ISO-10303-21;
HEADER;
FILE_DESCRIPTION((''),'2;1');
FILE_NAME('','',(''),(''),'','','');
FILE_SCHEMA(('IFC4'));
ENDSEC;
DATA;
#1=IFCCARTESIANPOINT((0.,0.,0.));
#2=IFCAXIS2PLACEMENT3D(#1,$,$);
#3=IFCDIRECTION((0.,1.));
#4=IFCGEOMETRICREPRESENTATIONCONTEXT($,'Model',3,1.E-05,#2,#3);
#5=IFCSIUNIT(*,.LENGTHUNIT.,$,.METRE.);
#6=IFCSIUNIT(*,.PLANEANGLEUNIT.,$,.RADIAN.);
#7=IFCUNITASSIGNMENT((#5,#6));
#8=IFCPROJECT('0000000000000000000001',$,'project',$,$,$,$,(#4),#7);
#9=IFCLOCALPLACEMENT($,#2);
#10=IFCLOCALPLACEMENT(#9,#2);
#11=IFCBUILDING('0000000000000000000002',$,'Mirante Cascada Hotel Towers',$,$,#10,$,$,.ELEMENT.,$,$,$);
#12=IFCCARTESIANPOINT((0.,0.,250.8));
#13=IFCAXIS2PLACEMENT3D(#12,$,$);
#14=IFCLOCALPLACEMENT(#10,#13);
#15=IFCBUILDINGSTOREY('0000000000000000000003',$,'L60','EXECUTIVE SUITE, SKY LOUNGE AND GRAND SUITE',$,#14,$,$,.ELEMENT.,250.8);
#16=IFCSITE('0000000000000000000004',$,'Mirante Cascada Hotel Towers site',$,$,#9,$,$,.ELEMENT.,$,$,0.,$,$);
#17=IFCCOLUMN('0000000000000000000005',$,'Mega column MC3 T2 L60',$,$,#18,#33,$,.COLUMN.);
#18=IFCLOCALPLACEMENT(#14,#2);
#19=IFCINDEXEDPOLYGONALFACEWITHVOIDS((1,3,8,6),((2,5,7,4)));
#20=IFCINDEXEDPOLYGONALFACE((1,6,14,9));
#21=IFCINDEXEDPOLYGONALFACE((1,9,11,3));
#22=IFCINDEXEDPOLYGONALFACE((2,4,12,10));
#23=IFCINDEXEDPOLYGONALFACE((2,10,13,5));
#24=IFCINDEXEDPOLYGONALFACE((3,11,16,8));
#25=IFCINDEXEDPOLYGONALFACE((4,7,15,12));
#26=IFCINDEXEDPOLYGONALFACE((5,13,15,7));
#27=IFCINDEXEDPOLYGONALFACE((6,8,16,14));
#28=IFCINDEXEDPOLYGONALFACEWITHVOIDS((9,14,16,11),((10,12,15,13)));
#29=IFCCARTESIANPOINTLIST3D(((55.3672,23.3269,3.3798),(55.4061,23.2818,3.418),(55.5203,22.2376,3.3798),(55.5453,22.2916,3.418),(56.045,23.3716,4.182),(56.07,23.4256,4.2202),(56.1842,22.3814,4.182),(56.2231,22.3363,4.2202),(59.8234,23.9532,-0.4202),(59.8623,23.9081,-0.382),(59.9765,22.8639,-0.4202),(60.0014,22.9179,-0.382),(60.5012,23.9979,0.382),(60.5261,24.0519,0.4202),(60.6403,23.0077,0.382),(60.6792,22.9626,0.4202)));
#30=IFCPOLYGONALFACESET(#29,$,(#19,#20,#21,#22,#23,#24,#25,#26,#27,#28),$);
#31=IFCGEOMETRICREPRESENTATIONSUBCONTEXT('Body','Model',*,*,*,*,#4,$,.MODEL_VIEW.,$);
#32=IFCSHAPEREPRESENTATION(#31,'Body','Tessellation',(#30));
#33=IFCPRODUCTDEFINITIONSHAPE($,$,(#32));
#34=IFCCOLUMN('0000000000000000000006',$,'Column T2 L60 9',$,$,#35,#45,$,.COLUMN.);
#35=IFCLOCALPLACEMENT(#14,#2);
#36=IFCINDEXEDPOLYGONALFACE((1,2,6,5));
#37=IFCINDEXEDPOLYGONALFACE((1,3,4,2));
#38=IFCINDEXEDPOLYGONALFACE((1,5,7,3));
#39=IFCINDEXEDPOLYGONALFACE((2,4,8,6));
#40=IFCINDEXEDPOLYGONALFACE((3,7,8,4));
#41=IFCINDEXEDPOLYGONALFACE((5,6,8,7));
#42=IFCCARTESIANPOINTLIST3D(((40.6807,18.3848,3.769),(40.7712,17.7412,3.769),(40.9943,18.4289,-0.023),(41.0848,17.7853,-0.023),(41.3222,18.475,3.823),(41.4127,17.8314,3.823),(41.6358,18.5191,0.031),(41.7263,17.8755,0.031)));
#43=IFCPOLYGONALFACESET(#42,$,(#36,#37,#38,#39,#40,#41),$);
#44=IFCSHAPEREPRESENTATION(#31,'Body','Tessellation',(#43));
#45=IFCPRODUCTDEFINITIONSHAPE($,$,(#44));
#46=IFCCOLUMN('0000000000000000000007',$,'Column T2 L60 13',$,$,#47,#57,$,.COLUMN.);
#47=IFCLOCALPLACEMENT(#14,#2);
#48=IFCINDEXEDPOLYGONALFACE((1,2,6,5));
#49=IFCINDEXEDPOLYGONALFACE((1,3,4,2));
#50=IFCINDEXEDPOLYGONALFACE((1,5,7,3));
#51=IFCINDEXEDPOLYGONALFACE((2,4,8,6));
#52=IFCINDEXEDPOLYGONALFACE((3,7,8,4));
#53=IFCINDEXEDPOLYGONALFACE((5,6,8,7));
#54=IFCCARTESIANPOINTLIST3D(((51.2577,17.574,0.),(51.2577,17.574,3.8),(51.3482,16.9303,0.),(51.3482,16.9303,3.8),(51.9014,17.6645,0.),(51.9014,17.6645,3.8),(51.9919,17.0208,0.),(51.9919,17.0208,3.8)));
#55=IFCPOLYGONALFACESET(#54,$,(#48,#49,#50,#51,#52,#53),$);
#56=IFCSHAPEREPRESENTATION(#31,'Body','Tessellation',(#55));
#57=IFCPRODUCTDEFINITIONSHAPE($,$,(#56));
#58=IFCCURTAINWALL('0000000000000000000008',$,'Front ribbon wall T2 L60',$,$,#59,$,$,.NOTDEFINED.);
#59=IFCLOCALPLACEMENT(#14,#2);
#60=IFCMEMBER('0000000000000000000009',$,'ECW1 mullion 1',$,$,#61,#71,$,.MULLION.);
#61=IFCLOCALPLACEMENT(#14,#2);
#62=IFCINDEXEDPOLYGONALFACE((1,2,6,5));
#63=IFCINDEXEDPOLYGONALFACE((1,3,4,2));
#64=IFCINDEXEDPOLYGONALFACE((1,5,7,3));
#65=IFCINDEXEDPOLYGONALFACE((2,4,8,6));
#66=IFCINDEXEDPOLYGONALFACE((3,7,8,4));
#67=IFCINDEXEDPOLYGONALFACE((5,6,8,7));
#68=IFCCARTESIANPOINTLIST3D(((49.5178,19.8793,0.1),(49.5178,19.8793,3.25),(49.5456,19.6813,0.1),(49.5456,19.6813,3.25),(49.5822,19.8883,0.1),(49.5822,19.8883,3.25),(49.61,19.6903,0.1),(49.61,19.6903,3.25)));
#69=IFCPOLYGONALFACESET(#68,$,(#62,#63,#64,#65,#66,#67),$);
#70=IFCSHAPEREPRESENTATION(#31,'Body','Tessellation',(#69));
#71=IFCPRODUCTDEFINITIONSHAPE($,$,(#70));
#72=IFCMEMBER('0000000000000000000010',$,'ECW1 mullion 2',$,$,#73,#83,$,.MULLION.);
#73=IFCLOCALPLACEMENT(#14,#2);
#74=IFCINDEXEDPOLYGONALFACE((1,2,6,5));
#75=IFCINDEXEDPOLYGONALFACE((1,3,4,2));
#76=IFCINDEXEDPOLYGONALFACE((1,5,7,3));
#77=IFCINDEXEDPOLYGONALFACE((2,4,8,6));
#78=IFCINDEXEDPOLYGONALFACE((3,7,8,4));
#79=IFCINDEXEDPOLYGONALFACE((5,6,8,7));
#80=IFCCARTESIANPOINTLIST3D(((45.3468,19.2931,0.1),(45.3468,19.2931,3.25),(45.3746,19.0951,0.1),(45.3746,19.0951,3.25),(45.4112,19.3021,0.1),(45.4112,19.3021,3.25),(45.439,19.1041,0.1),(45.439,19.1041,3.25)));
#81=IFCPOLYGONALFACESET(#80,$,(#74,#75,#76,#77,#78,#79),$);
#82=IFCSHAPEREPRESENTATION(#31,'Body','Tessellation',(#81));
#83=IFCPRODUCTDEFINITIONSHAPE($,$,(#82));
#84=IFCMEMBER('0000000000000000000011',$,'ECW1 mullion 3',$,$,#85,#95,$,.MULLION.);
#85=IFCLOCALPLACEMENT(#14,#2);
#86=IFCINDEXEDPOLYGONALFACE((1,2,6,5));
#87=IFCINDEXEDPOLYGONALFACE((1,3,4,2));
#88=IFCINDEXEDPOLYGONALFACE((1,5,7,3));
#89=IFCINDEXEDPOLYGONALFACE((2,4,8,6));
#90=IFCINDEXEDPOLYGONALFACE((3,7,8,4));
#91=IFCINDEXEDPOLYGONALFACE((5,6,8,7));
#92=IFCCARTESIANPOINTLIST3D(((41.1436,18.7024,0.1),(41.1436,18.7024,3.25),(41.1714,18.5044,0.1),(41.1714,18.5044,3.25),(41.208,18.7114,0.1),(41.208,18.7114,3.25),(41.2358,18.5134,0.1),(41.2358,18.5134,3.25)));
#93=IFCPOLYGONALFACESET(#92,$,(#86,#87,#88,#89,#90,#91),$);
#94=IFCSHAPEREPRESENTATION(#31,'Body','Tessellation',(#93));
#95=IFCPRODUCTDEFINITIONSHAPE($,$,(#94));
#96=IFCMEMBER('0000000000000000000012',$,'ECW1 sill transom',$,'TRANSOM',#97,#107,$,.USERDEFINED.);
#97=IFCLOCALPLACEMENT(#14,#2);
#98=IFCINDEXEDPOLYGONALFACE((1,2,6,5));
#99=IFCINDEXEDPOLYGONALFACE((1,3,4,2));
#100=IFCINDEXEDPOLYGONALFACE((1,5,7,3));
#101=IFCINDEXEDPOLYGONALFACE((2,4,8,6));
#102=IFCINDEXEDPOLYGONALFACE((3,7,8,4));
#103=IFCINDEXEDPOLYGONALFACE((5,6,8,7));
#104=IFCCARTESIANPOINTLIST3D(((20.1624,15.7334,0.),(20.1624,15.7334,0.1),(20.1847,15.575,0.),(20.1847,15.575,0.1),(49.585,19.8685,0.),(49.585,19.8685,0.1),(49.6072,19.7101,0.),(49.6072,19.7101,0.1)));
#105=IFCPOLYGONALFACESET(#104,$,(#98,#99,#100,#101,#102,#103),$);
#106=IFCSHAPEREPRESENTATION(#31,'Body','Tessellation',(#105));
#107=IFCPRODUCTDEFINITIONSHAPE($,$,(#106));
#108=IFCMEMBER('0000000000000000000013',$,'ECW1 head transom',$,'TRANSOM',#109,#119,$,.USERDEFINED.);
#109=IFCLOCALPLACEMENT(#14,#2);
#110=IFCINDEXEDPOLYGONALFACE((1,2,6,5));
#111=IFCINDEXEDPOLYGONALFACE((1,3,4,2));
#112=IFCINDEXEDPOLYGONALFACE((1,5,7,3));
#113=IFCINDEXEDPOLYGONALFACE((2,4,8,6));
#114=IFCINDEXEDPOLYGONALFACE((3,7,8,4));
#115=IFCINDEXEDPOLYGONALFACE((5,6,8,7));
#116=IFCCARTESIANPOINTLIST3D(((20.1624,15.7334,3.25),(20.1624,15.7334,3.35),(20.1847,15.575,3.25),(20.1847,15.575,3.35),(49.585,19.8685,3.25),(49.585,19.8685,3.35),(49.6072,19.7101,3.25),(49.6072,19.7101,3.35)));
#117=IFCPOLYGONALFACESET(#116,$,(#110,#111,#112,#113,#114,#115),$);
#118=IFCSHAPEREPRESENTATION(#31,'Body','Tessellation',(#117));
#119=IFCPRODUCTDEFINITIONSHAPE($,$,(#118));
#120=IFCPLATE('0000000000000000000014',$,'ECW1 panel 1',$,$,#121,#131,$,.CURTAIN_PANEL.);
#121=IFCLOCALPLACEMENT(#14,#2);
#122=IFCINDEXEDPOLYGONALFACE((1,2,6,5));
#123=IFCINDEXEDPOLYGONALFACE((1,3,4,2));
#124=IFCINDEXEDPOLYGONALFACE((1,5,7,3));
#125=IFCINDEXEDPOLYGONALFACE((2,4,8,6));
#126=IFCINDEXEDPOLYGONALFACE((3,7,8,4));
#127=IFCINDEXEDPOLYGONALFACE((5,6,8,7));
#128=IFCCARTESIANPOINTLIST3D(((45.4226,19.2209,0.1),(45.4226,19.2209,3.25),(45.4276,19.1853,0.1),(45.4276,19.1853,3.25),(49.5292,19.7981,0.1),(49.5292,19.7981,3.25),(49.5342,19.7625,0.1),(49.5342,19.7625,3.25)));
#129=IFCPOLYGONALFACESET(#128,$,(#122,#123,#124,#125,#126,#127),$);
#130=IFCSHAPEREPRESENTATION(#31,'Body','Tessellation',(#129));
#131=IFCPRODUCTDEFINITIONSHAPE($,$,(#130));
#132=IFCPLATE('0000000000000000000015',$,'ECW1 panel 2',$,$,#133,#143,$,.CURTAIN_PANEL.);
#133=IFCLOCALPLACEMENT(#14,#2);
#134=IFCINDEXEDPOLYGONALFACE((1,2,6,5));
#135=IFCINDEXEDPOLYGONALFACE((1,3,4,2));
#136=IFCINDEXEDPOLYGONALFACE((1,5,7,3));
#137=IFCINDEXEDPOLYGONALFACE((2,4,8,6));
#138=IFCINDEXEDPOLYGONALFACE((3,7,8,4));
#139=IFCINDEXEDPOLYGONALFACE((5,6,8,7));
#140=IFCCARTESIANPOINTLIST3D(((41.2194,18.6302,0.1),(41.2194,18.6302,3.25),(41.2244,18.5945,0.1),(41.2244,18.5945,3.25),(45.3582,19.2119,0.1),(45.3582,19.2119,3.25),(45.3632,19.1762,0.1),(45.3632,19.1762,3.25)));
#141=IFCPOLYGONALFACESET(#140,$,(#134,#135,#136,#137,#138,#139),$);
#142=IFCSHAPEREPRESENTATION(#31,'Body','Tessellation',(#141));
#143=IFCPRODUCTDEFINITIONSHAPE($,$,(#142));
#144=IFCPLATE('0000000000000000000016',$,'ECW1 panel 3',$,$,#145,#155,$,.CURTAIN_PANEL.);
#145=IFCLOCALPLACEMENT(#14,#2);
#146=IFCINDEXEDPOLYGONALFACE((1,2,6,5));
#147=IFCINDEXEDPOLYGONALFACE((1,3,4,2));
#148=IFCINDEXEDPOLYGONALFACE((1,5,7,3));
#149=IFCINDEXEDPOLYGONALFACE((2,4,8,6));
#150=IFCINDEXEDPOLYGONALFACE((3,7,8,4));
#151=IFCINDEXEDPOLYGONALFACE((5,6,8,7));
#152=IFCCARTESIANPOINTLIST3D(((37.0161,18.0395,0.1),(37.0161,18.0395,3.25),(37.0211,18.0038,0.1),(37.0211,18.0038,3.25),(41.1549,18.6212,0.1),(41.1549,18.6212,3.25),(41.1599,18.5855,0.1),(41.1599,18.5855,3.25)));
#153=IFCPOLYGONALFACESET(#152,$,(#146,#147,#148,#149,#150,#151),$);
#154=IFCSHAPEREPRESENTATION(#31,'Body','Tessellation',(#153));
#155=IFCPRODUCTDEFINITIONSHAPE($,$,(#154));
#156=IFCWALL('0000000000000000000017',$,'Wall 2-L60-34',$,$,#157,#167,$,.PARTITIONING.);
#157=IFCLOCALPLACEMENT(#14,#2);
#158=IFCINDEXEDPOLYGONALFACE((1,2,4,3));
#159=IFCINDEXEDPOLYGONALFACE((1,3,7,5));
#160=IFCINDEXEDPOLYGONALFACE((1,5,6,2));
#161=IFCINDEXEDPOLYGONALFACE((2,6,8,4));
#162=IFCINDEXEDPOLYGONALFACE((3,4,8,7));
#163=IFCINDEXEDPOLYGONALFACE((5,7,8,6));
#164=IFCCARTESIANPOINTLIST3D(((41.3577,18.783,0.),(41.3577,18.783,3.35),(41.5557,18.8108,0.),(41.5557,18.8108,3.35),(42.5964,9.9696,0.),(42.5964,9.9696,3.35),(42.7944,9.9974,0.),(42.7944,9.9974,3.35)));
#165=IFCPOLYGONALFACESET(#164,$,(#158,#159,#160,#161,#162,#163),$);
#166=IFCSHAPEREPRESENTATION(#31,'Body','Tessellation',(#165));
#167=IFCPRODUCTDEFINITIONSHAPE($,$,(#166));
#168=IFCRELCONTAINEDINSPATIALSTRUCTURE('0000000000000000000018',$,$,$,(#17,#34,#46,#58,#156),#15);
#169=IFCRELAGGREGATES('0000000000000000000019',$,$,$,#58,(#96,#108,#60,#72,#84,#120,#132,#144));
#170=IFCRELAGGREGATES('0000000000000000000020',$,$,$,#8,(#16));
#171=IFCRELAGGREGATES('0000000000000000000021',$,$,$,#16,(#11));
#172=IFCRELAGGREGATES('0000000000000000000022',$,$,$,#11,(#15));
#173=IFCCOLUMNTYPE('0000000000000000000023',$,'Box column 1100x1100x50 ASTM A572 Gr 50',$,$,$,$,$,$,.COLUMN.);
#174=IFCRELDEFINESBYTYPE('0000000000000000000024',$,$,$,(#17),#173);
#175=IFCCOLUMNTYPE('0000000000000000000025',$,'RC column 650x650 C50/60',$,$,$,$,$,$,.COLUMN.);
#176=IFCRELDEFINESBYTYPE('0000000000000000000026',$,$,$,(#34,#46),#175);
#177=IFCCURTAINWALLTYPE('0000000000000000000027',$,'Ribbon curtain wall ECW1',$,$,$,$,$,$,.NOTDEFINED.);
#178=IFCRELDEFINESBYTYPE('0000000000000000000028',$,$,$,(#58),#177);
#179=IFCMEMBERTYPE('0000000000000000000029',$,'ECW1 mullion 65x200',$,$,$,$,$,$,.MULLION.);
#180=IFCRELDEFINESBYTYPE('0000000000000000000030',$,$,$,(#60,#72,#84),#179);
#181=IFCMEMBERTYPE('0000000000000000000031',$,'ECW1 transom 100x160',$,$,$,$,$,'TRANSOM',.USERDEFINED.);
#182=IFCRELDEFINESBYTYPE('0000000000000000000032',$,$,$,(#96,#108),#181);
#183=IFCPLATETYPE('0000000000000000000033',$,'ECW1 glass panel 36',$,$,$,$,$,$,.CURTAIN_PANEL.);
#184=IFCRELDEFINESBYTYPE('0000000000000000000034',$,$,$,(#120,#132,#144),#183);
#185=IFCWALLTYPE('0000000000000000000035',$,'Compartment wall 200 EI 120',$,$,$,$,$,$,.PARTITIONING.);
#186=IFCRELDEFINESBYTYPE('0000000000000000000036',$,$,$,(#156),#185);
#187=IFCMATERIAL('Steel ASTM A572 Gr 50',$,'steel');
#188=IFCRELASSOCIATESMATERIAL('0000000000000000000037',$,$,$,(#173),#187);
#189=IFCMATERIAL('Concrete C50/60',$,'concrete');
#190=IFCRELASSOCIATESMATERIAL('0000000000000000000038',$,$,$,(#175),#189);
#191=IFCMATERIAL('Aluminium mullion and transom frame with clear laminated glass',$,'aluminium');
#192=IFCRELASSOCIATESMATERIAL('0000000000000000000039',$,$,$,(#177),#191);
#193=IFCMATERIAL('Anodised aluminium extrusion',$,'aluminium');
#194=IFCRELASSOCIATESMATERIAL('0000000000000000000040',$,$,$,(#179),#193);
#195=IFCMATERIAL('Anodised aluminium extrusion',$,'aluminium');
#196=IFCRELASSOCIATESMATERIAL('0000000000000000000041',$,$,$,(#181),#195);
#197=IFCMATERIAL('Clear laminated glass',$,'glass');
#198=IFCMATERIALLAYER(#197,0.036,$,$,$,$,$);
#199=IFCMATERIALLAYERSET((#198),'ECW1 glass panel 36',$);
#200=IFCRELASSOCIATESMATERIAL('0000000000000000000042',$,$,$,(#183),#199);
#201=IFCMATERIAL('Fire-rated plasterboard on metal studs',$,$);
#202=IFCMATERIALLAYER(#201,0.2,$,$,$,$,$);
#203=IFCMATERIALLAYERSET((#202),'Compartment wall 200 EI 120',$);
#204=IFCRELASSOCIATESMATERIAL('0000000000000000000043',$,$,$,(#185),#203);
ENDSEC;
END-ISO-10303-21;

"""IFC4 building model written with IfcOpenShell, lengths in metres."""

from ifc_helpers import new_model, si_unit, direction, frame, frame_2d, origin, origin_2d, place, context, subcontext, project, spatial, rectangle, hollow_rectangle, extrude, material, layer, layer_set, material_profile, profile_set, type_object, element, aggregate, save


model = new_model("IFC4")

# Units and contexts
model_context = context("Model", 3, precision=1e-05, world=origin(), true_north=direction((0.0, 1.0)))
body_context = subcontext(model_context, "Body", "Model", "MODEL_VIEW")
ifc_project = project(units=[si_unit("LENGTHUNIT", "METRE"), si_unit("PLANEANGLEUNIT", "RADIAN")], contexts=[model_context])

# Site, building, storey
site_placement = place(None, origin())
site = spatial("IfcSite", under=ifc_project, at=site_placement, Name="Mirante Cascada Hotel Towers site", CompositionType="ELEMENT", RefElevation=0.0)
building_placement = place(site_placement, origin())
building = spatial("IfcBuilding", under=site, at=building_placement, Name="Mirante Cascada Hotel Towers", CompositionType="ELEMENT")
storey_placement = place(building_placement, frame((0.0, 0.0, 250.8)))
storey = spatial("IfcBuildingStorey", under=building, at=storey_placement, Name="L60", Description="EXECUTIVE SUITE, SKY LOUNGE AND GRAND SUITE", CompositionType="ELEMENT", Elevation=250.8)

# Columns
ifc_material_1 = material(Name="Steel ASTM A572 Gr 50", Category="steel")
ifc_material_profile_1 = material_profile(ifc_material_1, hollow_rectangle(XDim=1.1, YDim=1.1, WallThickness=0.05, at=origin_2d()), Name="Box column 1100x1100x50 ASTM A572 Gr 50")
ifc_profile_set_1 = profile_set([ifc_material_profile_1], Name="Steel ASTM A572 Gr 50")
column_type_1 = type_object("IfcColumnType", Name="Box column 1100x1100x50 ASTM A572 Gr 50", PredefinedType="COLUMN", material=ifc_profile_set_1)
column_1_placement = place(storey_placement, frame((60.2513, 23.4579, 0.0), z_axis=(-0.756594, -0.106336, 0.645181), x_axis=(0.139178, -0.990267, 0.0)))
element("IfcColumn", 1, at=column_1_placement, inside=storey, type_object=column_type_1, Name="Mega column MC3 T2 L60", PredefinedType="COLUMN", context=body_context, shape_type="SweptSolid", body=[
    extrude(hollow_rectangle(XDim=1.1, YDim=1.1, WallThickness=0.05, at=origin_2d()), origin(), (0.0, 0.0, 1.0), 5.8898),
])
ifc_material_2 = material(Name="Concrete C50/60", Category="concrete")
ifc_material_profile_2 = material_profile(ifc_material_2, rectangle(XDim=0.65, YDim=0.65, at=origin_2d()), Name="RC column 650x650 C50/60")
ifc_profile_set_2 = profile_set([ifc_material_profile_2], Name="Concrete C50/60")
column_type_2 = type_object("IfcColumnType", Name="RC column 650x650 C50/60", PredefinedType="COLUMN", material=ifc_profile_set_2)
column_2_placement = place(storey_placement, frame((41.3603, 18.1522, 0.004), z_axis=(-0.082414, -0.011589, 0.996531), x_axis=(0.139255, -0.990257, 0.0)))
element("IfcColumn", 2, at=column_2_placement, inside=storey, type_object=column_type_2, Name="Column T2 L60 9", PredefinedType="COLUMN", context=body_context, shape_type="SweptSolid", body=[
    extrude(rectangle(XDim=0.65, YDim=0.65, at=origin_2d()), origin(), (0.0, 0.0, 1.0), 3.8052),
])
column_3_placement = place(storey_placement, frame((51.6248, 17.2974, 0.0), z_axis=(0.0, 0.0, 1.0), x_axis=(0.990268, 0.139173, 0.0)))
element("IfcColumn", 3, at=column_3_placement, inside=storey, type_object=column_type_2, Name="Column T2 L60 13", PredefinedType="COLUMN", context=body_context, shape_type="SweptSolid", body=[
    extrude(rectangle(XDim=0.65, YDim=0.65, at=origin_2d()), origin(), (0.0, 0.0, 1.0), 3.8),
])

# Curtain wall, members, plates
ifc_material_3 = material(Name="Aluminium mullion and transom frame with clear laminated glass", Category="aluminium")
curtain_wall_type = type_object("IfcCurtainWallType", Name="Ribbon curtain wall ECW1", PredefinedType="NOTDEFINED", material=ifc_material_3)
curtain_wall_placement = place(storey_placement, origin())
curtain_wall = element("IfcCurtainWall", 4, at=curtain_wall_placement, inside=storey, type_object=curtain_wall_type, Name="Front ribbon wall T2 L60", PredefinedType="NOTDEFINED")
ifc_material_4 = material(Name="Anodised aluminium extrusion", Category="aluminium")
ifc_material_profile_3 = material_profile(ifc_material_4, rectangle(XDim=0.2, YDim=0.065, at=origin_2d()), Name="ECW1 MULLION 65x200")
ifc_profile_set_3 = profile_set([ifc_material_profile_3], Name="Anodised aluminium extrusion")
member_type_1 = type_object("IfcMemberType", Name="ECW1 mullion 65x200", PredefinedType="MULLION", material=ifc_profile_set_3)
member_1_placement = place(storey_placement, frame((49.5639, 19.7848, 0.1), z_axis=(0.0, 0.0, 1.0), x_axis=(0.139173, -0.990268, 0.0)))
member_1 = element("IfcMember", 5, at=member_1_placement, type_object=member_type_1, Name="ECW1 mullion 1", PredefinedType="MULLION", context=body_context, shape_type="SweptSolid", body=[
    extrude(rectangle(XDim=0.2, YDim=0.065, at=origin_2d()), origin(), (0.0, 0.0, 1.0), 3.15),
])
member_2_placement = place(storey_placement, frame((45.3929, 19.1986, 0.1), z_axis=(0.0, 0.0, 1.0), x_axis=(0.139173, -0.990268, 0.0)))
member_2 = element("IfcMember", 6, at=member_2_placement, type_object=member_type_1, Name="ECW1 mullion 2", PredefinedType="MULLION", context=body_context, shape_type="SweptSolid", body=[
    extrude(rectangle(XDim=0.2, YDim=0.065, at=origin_2d()), origin(), (0.0, 0.0, 1.0), 3.15),
])
member_3_placement = place(storey_placement, frame((41.1897, 18.6079, 0.1), z_axis=(0.0, 0.0, 1.0), x_axis=(0.139173, -0.990268, 0.0)))
member_3 = element("IfcMember", 7, at=member_3_placement, type_object=member_type_1, Name="ECW1 mullion 3", PredefinedType="MULLION", context=body_context, shape_type="SweptSolid", body=[
    extrude(rectangle(XDim=0.2, YDim=0.065, at=origin_2d()), origin(), (0.0, 0.0, 1.0), 3.15),
])
ifc_material_5 = material(Name="Anodised aluminium extrusion", Category="aluminium")
ifc_material_profile_4 = material_profile(ifc_material_5, rectangle(XDim=0.16, YDim=0.1, at=origin_2d()), Name="ECW1 TRANSOM 100x160")
ifc_profile_set_4 = profile_set([ifc_material_profile_4], Name="Anodised aluminium extrusion")
member_type_2 = type_object("IfcMemberType", Name="ECW1 transom 100x160", ElementType="TRANSOM", PredefinedType="USERDEFINED", material=ifc_profile_set_4)
member_4_placement = place(storey_placement, frame((49.5961, 19.7893, 0.05), z_axis=(-0.990268, -0.139174, 0.0), x_axis=(0.139174, -0.990268, 0.0)))
member_4 = element("IfcMember", 8, at=member_4_placement, type_object=member_type_2, Name="ECW1 sill transom", ObjectType="TRANSOM", PredefinedType="USERDEFINED", context=body_context, shape_type="SweptSolid", body=[
    extrude(rectangle(XDim=0.16, YDim=0.1, at=origin_2d()), origin(), (0.0, 0.0, 1.0), 29.7117),
])
member_5_placement = place(storey_placement, frame((49.5961, 19.7893, 3.3), z_axis=(-0.990268, -0.139174, 0.0), x_axis=(0.139174, -0.990268, 0.0)))
member_5 = element("IfcMember", 9, at=member_5_placement, type_object=member_type_2, Name="ECW1 head transom", ObjectType="TRANSOM", PredefinedType="USERDEFINED", context=body_context, shape_type="SweptSolid", body=[
    extrude(rectangle(XDim=0.16, YDim=0.1, at=origin_2d()), origin(), (0.0, 0.0, 1.0), 29.7117),
])
ifc_material_6 = material(Name="Clear laminated glass", Category="glass")
ifc_layer_1 = layer(ifc_material_6, 0.036)
ifc_layer_set_1 = layer_set([ifc_layer_1], Name="ECW1 glass panel 36")
plate_type = type_object("IfcPlateType", Name="ECW1 glass panel 36", PredefinedType="CURTAIN_PANEL", material=ifc_layer_set_1)
plate_1_placement = place(storey_placement, frame((47.4784, 19.4917, 0.1), z_axis=(0.0, 0.0, 1.0), x_axis=(-0.990268, -0.139173, 0.0)))
plate_1 = element("IfcPlate", 10, at=plate_1_placement, type_object=plate_type, Name="ECW1 panel 1", PredefinedType="CURTAIN_PANEL", context=body_context, shape_type="SweptSolid", body=[
    extrude(rectangle(XDim=4.147, YDim=0.036, at=origin_2d()), origin(), (0.0, 0.0, 1.0), 3.15),
])
plate_2_placement = place(storey_placement, frame((43.2913, 18.9032, 0.1), z_axis=(0.0, 0.0, 1.0), x_axis=(-0.990268, -0.139173, 0.0)))
plate_2 = element("IfcPlate", 11, at=plate_2_placement, type_object=plate_type, Name="ECW1 panel 2", PredefinedType="CURTAIN_PANEL", context=body_context, shape_type="SweptSolid", body=[
    extrude(rectangle(XDim=4.1795, YDim=0.036, at=origin_2d()), origin(), (0.0, 0.0, 1.0), 3.15),
])
plate_3_placement = place(storey_placement, frame((39.088, 18.3125, 0.1), z_axis=(0.0, 0.0, 1.0), x_axis=(-0.990268, -0.139173, 0.0)))
plate_3 = element("IfcPlate", 12, at=plate_3_placement, type_object=plate_type, Name="ECW1 panel 3", PredefinedType="CURTAIN_PANEL", context=body_context, shape_type="SweptSolid", body=[
    extrude(rectangle(XDim=4.1795, YDim=0.036, at=origin_2d()), origin(), (0.0, 0.0, 1.0), 3.15),
])
aggregate(curtain_wall, [member_4, member_5, member_1, member_2, member_3, plate_1, plate_2, plate_3])

# Wall
ifc_material_7 = material(Name="Fire-rated plasterboard on metal studs")
ifc_layer_2 = layer(ifc_material_7, 0.2)
ifc_layer_set_2 = layer_set([ifc_layer_2], Name="Compartment wall 200 EI 120")
wall_type_1 = type_object("IfcWallType", Name="Compartment wall 200 EI 120", PredefinedType="PARTITIONING", material=ifc_layer_set_2)
wall_1_placement = place(storey_placement, frame((41.4567, 18.7969, 0.0), z_axis=(0.0, 0.0, 1.0), x_axis=(0.139179, -0.990267, 0.0)))
element("IfcWall", 13, at=wall_1_placement, inside=storey, type_object=wall_type_1, Name="Wall 2-L60-34", PredefinedType="PARTITIONING", context=body_context, shape_type="SweptSolid", body=[
    extrude(rectangle(XDim=8.9, YDim=0.2, at=frame_2d((4.45, 0.0))), origin(), (0.0, 0.0, 1.0), 3.35),
])

save(model, "model.ifc")
